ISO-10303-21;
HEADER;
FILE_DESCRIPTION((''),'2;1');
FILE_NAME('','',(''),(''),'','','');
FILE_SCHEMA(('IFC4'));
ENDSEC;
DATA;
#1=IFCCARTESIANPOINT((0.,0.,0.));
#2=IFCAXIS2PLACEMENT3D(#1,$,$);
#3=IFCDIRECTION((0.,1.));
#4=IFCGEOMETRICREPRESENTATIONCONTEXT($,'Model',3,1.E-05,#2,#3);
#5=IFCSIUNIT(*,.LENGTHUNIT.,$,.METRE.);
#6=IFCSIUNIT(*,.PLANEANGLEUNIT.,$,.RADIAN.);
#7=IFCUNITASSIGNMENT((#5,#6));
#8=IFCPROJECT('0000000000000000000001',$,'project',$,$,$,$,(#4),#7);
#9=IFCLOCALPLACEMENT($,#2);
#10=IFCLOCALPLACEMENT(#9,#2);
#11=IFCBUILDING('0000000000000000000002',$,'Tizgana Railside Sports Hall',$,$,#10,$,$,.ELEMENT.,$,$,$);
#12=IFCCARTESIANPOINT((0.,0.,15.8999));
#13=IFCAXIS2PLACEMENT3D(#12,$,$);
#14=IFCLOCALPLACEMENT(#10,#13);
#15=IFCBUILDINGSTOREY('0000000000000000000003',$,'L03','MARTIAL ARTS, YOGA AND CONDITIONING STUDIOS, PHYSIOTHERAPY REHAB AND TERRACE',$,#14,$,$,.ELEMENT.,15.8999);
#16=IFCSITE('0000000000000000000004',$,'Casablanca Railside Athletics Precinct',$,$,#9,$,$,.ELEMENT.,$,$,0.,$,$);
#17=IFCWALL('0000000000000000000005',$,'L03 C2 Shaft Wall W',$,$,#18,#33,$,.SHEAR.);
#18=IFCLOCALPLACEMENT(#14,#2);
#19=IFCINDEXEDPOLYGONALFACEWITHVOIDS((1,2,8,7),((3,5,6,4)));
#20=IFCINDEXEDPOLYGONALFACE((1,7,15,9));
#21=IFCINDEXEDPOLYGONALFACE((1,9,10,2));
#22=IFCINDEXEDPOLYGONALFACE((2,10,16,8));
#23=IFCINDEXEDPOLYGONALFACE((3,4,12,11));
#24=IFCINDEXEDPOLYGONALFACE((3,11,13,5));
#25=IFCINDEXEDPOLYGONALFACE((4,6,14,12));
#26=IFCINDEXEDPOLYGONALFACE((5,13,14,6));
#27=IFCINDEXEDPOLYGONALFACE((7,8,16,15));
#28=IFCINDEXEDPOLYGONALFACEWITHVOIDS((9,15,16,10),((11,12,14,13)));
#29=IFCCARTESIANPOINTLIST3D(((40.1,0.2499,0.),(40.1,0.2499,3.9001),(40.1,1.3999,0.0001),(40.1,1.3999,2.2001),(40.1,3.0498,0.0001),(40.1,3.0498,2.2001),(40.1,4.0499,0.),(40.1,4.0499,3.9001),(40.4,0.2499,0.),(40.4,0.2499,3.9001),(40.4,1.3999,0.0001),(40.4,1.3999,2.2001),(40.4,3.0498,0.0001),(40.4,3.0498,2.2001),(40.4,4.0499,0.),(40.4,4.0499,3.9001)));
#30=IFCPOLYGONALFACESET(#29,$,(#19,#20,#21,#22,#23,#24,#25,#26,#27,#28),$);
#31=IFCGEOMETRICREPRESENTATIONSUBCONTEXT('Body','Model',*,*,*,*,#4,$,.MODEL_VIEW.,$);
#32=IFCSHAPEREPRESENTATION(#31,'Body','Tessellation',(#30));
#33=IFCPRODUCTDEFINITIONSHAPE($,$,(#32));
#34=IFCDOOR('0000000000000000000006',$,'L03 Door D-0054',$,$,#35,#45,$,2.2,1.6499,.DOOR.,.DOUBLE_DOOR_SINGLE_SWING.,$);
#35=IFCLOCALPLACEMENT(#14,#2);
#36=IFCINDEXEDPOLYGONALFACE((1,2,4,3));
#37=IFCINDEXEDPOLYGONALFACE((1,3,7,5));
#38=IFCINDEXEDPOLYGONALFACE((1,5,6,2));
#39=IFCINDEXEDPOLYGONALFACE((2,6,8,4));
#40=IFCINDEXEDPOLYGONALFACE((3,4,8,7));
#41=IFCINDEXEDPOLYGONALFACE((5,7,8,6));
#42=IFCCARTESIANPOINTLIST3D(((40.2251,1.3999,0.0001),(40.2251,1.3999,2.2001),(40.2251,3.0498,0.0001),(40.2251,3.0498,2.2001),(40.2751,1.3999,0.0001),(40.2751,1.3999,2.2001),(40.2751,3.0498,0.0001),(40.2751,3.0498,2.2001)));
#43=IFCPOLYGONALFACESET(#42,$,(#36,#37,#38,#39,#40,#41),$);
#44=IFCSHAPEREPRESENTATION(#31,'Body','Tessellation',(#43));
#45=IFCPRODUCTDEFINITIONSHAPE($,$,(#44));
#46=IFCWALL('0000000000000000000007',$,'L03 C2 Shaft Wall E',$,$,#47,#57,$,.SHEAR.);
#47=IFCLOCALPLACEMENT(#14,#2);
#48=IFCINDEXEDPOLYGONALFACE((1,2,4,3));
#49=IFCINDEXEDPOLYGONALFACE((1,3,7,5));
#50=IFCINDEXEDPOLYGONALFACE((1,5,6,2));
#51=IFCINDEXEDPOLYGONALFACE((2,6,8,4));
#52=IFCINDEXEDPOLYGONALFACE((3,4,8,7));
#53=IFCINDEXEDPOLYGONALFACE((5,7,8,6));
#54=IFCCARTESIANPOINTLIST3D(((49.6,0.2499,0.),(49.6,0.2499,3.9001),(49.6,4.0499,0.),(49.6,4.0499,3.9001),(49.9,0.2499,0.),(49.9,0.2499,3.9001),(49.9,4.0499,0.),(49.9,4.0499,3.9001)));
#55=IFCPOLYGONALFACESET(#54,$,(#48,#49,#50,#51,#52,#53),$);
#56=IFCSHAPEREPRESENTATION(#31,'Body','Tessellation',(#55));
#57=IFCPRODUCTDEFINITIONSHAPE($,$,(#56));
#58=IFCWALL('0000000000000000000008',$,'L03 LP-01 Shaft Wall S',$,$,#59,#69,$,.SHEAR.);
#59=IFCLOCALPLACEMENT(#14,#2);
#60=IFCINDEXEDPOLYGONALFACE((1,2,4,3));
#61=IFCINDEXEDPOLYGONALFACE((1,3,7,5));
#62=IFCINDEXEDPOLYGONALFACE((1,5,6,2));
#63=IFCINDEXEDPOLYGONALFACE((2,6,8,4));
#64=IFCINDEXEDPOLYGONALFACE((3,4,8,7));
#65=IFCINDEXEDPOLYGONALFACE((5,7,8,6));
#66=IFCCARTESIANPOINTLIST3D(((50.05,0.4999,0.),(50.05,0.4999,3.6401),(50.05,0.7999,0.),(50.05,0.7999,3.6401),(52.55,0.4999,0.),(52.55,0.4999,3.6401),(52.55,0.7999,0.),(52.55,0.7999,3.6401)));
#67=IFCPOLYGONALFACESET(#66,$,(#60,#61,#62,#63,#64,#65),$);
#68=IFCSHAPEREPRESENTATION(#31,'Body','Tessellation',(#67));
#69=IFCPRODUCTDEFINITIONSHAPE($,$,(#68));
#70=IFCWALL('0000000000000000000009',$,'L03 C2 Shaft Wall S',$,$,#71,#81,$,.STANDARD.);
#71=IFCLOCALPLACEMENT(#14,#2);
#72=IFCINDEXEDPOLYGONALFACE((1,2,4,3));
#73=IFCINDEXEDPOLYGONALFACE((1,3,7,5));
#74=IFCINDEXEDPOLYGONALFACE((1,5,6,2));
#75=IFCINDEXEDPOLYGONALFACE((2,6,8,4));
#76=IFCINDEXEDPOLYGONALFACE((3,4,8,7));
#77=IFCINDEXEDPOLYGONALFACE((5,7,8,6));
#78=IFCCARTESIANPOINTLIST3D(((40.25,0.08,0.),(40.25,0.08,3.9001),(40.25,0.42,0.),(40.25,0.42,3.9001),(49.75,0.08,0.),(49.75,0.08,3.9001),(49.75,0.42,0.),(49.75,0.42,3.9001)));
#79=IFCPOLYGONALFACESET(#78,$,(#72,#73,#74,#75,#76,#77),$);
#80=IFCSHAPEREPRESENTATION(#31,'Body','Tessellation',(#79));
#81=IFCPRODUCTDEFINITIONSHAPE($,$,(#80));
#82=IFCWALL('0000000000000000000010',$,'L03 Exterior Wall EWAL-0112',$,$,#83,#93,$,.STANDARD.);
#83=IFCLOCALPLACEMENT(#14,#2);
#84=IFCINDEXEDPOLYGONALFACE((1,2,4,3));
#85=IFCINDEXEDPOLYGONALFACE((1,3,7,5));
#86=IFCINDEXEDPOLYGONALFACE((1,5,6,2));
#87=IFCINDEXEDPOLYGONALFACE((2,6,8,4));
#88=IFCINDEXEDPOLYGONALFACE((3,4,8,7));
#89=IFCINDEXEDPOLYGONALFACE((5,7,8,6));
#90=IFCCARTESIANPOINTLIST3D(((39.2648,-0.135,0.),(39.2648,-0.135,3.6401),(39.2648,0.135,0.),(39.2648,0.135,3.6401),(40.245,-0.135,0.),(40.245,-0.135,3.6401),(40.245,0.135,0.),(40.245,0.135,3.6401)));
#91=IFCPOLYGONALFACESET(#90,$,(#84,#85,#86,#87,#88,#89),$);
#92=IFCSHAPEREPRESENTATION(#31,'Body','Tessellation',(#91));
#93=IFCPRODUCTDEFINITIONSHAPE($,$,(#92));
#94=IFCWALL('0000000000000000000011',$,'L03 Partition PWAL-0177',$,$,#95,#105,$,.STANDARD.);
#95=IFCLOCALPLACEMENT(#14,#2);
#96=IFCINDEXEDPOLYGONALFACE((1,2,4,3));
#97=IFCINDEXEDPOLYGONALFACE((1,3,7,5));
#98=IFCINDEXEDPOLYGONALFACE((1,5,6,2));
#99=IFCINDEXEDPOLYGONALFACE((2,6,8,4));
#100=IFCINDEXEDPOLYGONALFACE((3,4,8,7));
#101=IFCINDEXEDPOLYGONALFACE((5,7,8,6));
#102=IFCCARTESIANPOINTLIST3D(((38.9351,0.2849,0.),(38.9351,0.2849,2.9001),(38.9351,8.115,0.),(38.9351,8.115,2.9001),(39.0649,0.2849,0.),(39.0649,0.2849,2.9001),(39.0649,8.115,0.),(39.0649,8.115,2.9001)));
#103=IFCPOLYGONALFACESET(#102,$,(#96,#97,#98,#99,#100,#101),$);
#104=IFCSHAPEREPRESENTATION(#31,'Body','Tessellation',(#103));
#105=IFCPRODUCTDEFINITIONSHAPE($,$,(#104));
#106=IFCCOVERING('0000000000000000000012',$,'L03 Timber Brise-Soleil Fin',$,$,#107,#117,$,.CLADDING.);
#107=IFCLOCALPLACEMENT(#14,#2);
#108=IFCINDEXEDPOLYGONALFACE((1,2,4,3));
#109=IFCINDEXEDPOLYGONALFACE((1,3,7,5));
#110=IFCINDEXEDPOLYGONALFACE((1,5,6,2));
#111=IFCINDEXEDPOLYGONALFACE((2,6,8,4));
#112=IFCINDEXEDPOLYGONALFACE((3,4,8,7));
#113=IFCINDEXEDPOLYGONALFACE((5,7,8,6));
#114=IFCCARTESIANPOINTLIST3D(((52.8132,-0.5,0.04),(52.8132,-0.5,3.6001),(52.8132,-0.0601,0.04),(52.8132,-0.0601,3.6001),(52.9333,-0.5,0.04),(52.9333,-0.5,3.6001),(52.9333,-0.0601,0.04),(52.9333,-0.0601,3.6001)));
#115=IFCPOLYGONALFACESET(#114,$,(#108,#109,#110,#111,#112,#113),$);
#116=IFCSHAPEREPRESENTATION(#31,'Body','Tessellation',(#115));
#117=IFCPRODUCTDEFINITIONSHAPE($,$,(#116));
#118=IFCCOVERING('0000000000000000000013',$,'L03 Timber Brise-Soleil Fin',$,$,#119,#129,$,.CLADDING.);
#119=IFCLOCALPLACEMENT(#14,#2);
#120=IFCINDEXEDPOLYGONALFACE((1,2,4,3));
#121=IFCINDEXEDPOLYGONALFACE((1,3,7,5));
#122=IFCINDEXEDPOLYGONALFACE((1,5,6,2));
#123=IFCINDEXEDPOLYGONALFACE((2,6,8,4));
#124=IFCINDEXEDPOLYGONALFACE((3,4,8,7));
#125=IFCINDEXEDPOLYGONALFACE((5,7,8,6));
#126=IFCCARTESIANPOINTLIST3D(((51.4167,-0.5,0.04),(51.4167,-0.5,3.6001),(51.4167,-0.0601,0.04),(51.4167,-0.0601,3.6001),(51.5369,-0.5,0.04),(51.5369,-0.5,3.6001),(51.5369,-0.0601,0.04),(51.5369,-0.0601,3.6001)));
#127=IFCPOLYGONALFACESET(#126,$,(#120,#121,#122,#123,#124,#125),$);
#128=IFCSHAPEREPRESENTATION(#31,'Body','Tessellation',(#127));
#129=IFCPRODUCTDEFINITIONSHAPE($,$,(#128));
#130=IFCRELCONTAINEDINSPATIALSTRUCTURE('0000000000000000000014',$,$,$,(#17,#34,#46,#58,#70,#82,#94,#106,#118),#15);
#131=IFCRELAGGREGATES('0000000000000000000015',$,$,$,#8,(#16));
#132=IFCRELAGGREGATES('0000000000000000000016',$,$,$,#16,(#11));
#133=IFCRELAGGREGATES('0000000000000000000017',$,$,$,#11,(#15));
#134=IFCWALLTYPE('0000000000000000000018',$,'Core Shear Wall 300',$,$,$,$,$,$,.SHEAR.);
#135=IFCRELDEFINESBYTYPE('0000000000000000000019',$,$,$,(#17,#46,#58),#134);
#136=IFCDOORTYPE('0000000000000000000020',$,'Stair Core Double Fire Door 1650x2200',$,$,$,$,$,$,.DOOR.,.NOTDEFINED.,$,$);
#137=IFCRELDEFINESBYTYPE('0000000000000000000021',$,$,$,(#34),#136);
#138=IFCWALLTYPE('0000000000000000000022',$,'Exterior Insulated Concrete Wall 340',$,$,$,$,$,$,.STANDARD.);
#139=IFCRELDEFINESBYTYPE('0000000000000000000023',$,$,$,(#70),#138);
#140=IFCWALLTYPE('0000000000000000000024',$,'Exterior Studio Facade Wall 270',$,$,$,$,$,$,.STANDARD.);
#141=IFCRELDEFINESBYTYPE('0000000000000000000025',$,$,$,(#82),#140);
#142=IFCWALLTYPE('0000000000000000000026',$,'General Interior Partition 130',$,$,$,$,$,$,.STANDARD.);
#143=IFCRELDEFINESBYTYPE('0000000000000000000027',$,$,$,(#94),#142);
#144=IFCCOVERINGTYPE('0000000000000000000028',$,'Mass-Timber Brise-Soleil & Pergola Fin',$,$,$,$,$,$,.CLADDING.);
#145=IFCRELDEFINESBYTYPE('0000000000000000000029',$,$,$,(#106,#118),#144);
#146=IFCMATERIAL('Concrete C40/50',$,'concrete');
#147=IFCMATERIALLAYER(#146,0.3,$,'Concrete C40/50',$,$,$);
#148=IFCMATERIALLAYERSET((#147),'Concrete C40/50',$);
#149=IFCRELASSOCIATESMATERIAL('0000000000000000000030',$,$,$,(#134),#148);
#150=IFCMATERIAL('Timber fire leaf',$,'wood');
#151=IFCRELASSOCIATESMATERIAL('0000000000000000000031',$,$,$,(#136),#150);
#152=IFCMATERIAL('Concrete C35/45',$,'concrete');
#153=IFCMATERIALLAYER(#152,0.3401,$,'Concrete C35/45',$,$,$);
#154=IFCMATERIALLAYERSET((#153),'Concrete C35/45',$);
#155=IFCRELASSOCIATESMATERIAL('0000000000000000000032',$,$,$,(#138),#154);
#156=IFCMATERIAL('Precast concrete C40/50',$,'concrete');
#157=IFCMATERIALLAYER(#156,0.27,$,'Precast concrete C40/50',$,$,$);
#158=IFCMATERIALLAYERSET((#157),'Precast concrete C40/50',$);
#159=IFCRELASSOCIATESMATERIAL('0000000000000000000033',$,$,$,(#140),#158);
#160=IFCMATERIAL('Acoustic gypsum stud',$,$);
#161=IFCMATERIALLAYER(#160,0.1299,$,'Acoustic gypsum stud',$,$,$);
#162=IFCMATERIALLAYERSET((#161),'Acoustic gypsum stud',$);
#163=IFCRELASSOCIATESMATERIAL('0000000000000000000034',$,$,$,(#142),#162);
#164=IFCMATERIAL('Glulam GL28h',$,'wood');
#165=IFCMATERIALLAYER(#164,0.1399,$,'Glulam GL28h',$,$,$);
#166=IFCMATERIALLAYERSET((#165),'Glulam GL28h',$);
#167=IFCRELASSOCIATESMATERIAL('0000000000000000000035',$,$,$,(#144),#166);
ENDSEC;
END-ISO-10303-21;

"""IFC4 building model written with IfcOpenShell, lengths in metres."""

from ifc_helpers import new_model, si_unit, direction, frame, frame_2d, origin, origin_2d, place, context, subcontext, project, spatial, rectangle, extrude, material, layer, layer_set, type_object, element, fill, save


model = new_model("IFC4")

# Units and contexts
model_context = context("Model", 3, precision=1e-05, world=origin(), true_north=direction((0.0, 1.0)))
body_context = subcontext(model_context, "Body", "Model", "MODEL_VIEW")
ifc_project = project(units=[si_unit("LENGTHUNIT", "METRE"), si_unit("PLANEANGLEUNIT", "RADIAN")], contexts=[model_context])

# Site, building, storey
site_placement = place(None, origin())
site = spatial("IfcSite", under=ifc_project, at=site_placement, Name="Casablanca Railside Athletics Precinct", CompositionType="ELEMENT", RefElevation=0.0)
building_placement = place(site_placement, origin())
building = spatial("IfcBuilding", under=site, at=building_placement, Name="Tizgana Railside Sports Hall", CompositionType="ELEMENT")
storey_placement = place(building_placement, frame((0.0, 0.0, 15.8999)))
storey = spatial("IfcBuildingStorey", under=building, at=storey_placement, Name="L03", Description="MARTIAL ARTS, YOGA AND CONDITIONING STUDIOS, PHYSIOTHERAPY REHAB AND TERRACE", CompositionType="ELEMENT", Elevation=15.8999)

# Shared definitions
ifc_material_1 = material(Name="Concrete C40/50", Category="concrete")

# Shared definitions
ifc_material_2 = material(Name="Concrete C35/45", Category="concrete")

# Wall, opening, door
ifc_layer_1 = layer(ifc_material_1, 0.3, Name="Concrete C40/50")
ifc_layer_set_1 = layer_set([ifc_layer_1], Name="Concrete C40/50")
wall_type_1 = type_object("IfcWallType", Name="Core Shear Wall 300", PredefinedType="SHEAR", material=ifc_layer_set_1)
wall_1_placement = place(storey_placement, frame((40.25, 0.25, 0.0), z_axis=(0.0, 0.0, 1.0), x_axis=(0.0, 1.0, 0.0)))
wall_1 = element("IfcWall", 1, at=wall_1_placement, inside=storey, type_object=wall_type_1, Name="L03 C2 Shaft Wall W", PredefinedType="SHEAR", context=body_context, shape_type="SweptSolid", body=[
    extrude(rectangle(XDim=3.8, YDim=0.3, at=frame_2d((1.8999, 0.0))), origin(), (0.0, 0.0, 1.0), 3.9001),
])
opening_placement = place(wall_1_placement, frame((1.1499, 0.0, 0.0)))
opening = element("IfcOpeningElement", 2, at=opening_placement, cuts=wall_1, PredefinedType="OPENING", context=body_context, shape_type="SweptSolid", body=[
    extrude(rectangle(XDim=1.6499, YDim=2.2, at=frame_2d((0.825, 1.1001))), frame((0.0, 0.1599, 0.0), z_axis=(0.0, -1.0, 0.0), x_axis=(1.0, 0.0, 0.0)), (0.0, 0.0, 1.0), 0.3201),
])
ifc_material_3 = material(Name="Timber fire leaf", Category="wood")
door_type = type_object("IfcDoorType", Name="Stair Core Double Fire Door 1650x2200", OperationType="NOTDEFINED", PredefinedType="DOOR", material=ifc_material_3)
door_placement = place(opening_placement, origin())
door = element("IfcDoor", 3, at=door_placement, inside=storey, type_object=door_type, Name="L03 Door D-0054", OperationType="DOUBLE_DOOR_SINGLE_SWING", OverallHeight=2.2, OverallWidth=1.6499, PredefinedType="DOOR", context=body_context, shape_type="SweptSolid", body=[
    extrude(rectangle(XDim=1.6499, YDim=2.2, at=frame_2d((0.825, 1.1001))), frame((0.0, 0.0249, 0.0), z_axis=(0.0, -1.0, 0.0), x_axis=(1.0, 0.0, 0.0)), (0.0, 0.0, 1.0), 0.05),
])
fill(opening, door)

# Walls
wall_2_placement = place(storey_placement, frame((49.75, 0.25, 0.0), z_axis=(0.0, 0.0, 1.0), x_axis=(0.0, 1.0, 0.0)))
element("IfcWall", 4, at=wall_2_placement, inside=storey, type_object=wall_type_1, Name="L03 C2 Shaft Wall E", PredefinedType="SHEAR", context=body_context, shape_type="SweptSolid", body=[
    extrude(rectangle(XDim=3.8, YDim=0.3, at=frame_2d((1.8999, 0.0))), origin(), (0.0, 0.0, 1.0), 3.9001),
])
wall_3_placement = place(storey_placement, frame((50.05, 0.6499, 0.0), z_axis=(0.0, 0.0, 1.0), x_axis=(1.0, 0.0, 0.0)))
element("IfcWall", 5, at=wall_3_placement, inside=storey, type_object=wall_type_1, Name="L03 LP-01 Shaft Wall S", PredefinedType="SHEAR", context=body_context, shape_type="SweptSolid", body=[
    extrude(rectangle(XDim=2.5, YDim=0.3, at=frame_2d((1.25, 0.0))), origin(), (0.0, 0.0, 1.0), 3.6401),
])
ifc_layer_2 = layer(ifc_material_2, 0.3401, Name="Concrete C35/45")
ifc_layer_set_2 = layer_set([ifc_layer_2], Name="Concrete C35/45")
wall_type_2 = type_object("IfcWallType", Name="Exterior Insulated Concrete Wall 340", PredefinedType="STANDARD", material=ifc_layer_set_2)
wall_4_placement = place(storey_placement, frame((49.75, 0.25, 0.0), z_axis=(0.0, 0.0, 1.0), x_axis=(-1.0, 0.0, 0.0)))
element("IfcWall", 6, at=wall_4_placement, inside=storey, type_object=wall_type_2, Name="L03 C2 Shaft Wall S", PredefinedType="STANDARD", context=body_context, shape_type="SweptSolid", body=[
    extrude(rectangle(XDim=9.5, YDim=0.3401, at=frame_2d((4.75, 0.0))), origin(), (0.0, 0.0, 1.0), 3.9001),
])
ifc_material_4 = material(Name="Precast concrete C40/50", Category="concrete")
ifc_layer_3 = layer(ifc_material_4, 0.27, Name="Precast concrete C40/50")
ifc_layer_set_3 = layer_set([ifc_layer_3], Name="Precast concrete C40/50")
wall_type_3 = type_object("IfcWallType", Name="Exterior Studio Facade Wall 270", PredefinedType="STANDARD", material=ifc_layer_set_3)
wall_5_placement = place(storey_placement, frame((40.2451, 0.0, 0.0), z_axis=(0.0, 0.0, 1.0), x_axis=(-1.0, 0.0, 0.0)))
element("IfcWall", 7, at=wall_5_placement, inside=storey, type_object=wall_type_3, Name="L03 Exterior Wall EWAL-0112", PredefinedType="STANDARD", context=body_context, shape_type="SweptSolid", body=[
    extrude(rectangle(XDim=0.9802, YDim=0.27, at=frame_2d((0.4902, 0.0))), origin(), (0.0, 0.0, 1.0), 3.6401),
])
ifc_material_5 = material(Name="Acoustic gypsum stud")
ifc_layer_4 = layer(ifc_material_5, 0.1299, Name="Acoustic gypsum stud")
ifc_layer_set_4 = layer_set([ifc_layer_4], Name="Acoustic gypsum stud")
wall_type_4 = type_object("IfcWallType", Name="General Interior Partition 130", PredefinedType="STANDARD", material=ifc_layer_set_4)
wall_6_placement = place(storey_placement, frame((39.0, 0.2849, 0.0), z_axis=(0.0, 0.0, 1.0), x_axis=(0.0, 1.0, 0.0)))
element("IfcWall", 8, at=wall_6_placement, inside=storey, type_object=wall_type_4, Name="L03 Partition PWAL-0177", PredefinedType="STANDARD", context=body_context, shape_type="SweptSolid", body=[
    extrude(rectangle(XDim=7.8301, YDim=0.1299, at=frame_2d((3.915, 0.0))), origin(), (0.0, 0.0, 1.0), 2.9001),
])

# Coverings
ifc_material_6 = material(Name="Glulam GL28h", Category="wood")
ifc_layer_5 = layer(ifc_material_6, 0.1399, Name="Glulam GL28h")
ifc_layer_set_5 = layer_set([ifc_layer_5], Name="Glulam GL28h")
covering_type = type_object("IfcCoveringType", Name="Mass-Timber Brise-Soleil & Pergola Fin", PredefinedType="CLADDING", material=ifc_layer_set_5)
for number, where, z_axis, x_axis, name in (
    (9, (52.8733, -0.28, 0.04), (0.0, 0.0, 1.0), (-1.0, 0.0, 0.0), "L03 Timber Brise-Soleil Fin"),
    (10, (51.4768, -0.28, 0.04), (0.0, 0.0, 1.0), (-1.0, 0.0, 0.0), "L03 Timber Brise-Soleil Fin"),
):
    element("IfcCovering", number, at=place(storey_placement, frame(where, z_axis=z_axis, x_axis=x_axis)), inside=storey, type_object=covering_type, Name=name, PredefinedType="CLADDING", context=body_context, shape_type="SweptSolid", body=[
        extrude(rectangle(XDim=0.1201, YDim=0.4399, at=origin_2d()), origin(), (0.0, 0.0, 1.0), 3.5601),
    ])

save(model, "model.ifc")
